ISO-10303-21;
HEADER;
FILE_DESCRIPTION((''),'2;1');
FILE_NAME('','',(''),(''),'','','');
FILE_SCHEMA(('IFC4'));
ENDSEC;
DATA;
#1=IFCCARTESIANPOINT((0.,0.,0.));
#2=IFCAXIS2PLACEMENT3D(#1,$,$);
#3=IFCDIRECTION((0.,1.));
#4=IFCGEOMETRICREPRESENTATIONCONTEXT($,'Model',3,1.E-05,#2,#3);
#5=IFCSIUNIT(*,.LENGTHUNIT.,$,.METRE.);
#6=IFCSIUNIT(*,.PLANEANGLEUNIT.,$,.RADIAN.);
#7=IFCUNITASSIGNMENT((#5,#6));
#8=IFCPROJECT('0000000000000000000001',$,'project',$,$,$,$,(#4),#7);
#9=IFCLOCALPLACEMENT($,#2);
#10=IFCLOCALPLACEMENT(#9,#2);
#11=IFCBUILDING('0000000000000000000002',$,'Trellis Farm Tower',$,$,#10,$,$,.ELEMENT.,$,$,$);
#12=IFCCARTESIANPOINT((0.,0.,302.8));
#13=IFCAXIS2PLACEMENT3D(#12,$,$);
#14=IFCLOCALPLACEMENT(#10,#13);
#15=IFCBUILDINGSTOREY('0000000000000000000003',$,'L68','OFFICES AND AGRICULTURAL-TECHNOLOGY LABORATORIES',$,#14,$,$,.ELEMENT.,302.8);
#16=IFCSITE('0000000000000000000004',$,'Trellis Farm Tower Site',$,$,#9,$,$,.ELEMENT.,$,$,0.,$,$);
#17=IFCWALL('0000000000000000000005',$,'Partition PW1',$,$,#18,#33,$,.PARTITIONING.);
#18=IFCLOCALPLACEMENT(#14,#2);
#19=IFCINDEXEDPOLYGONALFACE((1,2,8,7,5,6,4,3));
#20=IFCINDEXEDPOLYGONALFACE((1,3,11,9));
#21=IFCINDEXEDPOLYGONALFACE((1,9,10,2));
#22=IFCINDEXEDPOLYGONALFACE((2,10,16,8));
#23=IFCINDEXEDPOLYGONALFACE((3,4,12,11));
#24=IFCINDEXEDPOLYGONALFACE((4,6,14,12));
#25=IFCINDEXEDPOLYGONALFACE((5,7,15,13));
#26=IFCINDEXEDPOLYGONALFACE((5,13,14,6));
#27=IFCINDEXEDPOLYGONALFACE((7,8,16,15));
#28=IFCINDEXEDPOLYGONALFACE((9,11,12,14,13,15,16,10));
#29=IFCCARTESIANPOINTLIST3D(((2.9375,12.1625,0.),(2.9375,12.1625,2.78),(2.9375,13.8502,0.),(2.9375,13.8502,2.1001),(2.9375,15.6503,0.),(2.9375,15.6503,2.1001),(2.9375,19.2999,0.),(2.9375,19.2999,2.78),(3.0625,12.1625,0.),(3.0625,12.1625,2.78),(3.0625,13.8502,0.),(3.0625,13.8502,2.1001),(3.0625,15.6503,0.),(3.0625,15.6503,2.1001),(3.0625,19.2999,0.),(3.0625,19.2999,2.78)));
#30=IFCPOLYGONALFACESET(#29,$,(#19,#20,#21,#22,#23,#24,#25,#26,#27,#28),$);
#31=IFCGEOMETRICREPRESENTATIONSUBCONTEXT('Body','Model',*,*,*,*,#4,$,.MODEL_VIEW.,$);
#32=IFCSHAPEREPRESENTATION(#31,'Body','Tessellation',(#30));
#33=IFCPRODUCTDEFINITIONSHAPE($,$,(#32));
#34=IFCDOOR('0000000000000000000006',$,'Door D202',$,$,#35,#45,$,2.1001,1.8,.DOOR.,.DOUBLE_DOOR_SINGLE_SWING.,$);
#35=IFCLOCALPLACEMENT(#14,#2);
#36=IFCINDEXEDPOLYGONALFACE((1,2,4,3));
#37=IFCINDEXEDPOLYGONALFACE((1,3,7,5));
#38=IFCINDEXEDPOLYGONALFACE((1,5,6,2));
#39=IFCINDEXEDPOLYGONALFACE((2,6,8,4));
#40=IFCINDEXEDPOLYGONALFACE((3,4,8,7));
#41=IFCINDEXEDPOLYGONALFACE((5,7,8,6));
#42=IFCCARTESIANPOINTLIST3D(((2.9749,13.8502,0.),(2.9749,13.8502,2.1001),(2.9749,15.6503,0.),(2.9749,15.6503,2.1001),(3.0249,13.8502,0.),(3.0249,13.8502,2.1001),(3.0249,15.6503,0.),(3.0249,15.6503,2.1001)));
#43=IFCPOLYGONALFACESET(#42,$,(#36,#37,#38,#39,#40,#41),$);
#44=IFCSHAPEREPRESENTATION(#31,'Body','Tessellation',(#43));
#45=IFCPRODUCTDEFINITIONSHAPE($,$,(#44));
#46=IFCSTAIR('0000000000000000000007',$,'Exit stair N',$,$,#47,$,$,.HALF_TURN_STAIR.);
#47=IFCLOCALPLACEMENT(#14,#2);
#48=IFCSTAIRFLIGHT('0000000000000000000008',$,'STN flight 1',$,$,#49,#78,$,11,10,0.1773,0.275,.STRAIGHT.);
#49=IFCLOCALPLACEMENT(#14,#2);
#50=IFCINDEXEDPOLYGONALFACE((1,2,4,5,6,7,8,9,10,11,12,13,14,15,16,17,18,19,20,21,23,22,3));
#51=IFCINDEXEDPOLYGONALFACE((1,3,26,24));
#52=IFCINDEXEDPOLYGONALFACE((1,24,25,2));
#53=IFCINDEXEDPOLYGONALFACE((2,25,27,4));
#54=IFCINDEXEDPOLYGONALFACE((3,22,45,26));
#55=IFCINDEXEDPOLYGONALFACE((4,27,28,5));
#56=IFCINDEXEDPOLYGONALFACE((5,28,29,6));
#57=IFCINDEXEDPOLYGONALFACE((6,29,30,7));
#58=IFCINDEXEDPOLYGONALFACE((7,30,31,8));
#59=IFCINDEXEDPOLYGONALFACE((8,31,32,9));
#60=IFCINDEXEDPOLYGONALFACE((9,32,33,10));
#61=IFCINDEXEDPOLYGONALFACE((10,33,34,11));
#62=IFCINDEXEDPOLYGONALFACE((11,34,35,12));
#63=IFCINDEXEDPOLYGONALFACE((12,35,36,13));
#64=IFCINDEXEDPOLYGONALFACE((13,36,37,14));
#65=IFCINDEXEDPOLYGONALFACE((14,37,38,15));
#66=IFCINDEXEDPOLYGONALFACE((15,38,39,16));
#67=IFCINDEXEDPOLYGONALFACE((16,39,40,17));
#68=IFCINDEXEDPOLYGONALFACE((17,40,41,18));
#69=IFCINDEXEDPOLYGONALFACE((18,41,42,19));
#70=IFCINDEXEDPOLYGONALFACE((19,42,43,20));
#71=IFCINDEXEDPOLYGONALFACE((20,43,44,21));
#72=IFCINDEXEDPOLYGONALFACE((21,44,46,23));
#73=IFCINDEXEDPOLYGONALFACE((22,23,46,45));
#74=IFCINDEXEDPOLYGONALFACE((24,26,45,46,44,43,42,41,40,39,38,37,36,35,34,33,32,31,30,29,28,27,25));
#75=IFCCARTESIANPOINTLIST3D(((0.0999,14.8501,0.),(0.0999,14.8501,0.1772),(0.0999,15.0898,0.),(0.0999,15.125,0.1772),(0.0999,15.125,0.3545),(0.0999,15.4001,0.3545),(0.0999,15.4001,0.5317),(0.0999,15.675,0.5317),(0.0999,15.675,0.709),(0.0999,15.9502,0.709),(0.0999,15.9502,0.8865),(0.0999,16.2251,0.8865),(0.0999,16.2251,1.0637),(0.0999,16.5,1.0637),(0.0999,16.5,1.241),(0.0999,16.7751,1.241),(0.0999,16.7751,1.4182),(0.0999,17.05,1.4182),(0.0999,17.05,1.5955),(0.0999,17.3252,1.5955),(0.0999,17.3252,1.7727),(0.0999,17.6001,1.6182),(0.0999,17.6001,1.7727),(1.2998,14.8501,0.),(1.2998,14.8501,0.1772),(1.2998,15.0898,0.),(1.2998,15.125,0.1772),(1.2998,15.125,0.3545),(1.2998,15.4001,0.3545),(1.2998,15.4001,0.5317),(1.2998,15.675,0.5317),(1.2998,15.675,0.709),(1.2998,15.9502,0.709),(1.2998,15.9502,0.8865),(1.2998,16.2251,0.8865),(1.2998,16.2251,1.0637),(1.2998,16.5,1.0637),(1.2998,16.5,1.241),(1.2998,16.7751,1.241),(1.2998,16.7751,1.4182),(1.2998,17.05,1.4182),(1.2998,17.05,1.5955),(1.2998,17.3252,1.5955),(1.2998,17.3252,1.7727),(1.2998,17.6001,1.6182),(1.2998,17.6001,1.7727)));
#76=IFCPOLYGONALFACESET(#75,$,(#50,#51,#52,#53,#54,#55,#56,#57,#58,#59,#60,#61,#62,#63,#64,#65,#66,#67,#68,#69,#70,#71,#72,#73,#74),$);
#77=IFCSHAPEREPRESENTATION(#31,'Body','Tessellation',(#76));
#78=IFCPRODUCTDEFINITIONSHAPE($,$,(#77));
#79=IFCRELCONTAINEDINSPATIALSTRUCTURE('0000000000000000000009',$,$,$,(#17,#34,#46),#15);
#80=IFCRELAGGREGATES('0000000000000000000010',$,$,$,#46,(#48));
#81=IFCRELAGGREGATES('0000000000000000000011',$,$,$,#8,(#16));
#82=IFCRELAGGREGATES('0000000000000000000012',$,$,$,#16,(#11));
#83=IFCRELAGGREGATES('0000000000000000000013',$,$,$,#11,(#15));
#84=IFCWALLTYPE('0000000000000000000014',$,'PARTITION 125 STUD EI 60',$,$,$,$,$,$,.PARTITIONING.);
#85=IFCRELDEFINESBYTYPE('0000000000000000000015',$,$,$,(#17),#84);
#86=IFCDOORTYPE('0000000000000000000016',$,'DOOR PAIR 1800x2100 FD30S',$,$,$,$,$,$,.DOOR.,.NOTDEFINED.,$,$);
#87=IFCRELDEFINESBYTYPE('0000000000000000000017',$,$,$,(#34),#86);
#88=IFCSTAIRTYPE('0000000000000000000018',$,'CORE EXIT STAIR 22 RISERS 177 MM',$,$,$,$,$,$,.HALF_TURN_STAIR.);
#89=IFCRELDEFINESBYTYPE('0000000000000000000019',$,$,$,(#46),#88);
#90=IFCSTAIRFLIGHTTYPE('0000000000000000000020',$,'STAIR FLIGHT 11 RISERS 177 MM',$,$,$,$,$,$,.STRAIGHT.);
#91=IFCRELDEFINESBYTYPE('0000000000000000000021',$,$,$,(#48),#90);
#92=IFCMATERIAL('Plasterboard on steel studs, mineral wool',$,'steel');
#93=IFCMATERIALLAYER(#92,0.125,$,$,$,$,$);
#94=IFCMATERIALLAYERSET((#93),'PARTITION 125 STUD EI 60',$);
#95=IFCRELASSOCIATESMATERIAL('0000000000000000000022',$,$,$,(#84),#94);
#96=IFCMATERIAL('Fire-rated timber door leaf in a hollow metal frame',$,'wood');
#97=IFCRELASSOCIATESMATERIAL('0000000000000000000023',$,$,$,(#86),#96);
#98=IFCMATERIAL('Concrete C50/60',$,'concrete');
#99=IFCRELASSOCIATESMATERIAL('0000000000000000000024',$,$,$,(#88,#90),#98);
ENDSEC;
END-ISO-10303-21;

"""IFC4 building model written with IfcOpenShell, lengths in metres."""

from ifc_helpers import new_model, si_unit, direction, frame, frame_2d, origin, place, context, subcontext, project, spatial, polyline, rectangle, outline, extrude, source, transform, mapped, material, layer, layer_set, type_object, element, fill, aggregate, save


model = new_model("IFC4")

# Units and contexts
model_context = context("Model", 3, precision=1e-05, world=origin(), true_north=direction((0.0, 1.0)))
body_context = subcontext(model_context, "Body", "Model", "MODEL_VIEW")
ifc_project = project(units=[si_unit("LENGTHUNIT", "METRE"), si_unit("PLANEANGLEUNIT", "RADIAN")], contexts=[model_context])

# Site, building, storey
site_placement = place(None, origin())
site = spatial("IfcSite", under=ifc_project, at=site_placement, Name="Trellis Farm Tower Site", CompositionType="ELEMENT", RefElevation=0.0)
building_placement = place(site_placement, origin())
building = spatial("IfcBuilding", under=site, at=building_placement, Name="Trellis Farm Tower", CompositionType="ELEMENT")
storey_placement = place(building_placement, frame((0.0, 0.0, 302.8)))
storey = spatial("IfcBuildingStorey", under=building, at=storey_placement, Name="L68", Description="OFFICES AND AGRICULTURAL-TECHNOLOGY LABORATORIES", CompositionType="ELEMENT", Elevation=302.8)

# Shared definitions
placement_1 = place(storey_placement, origin())

# Shared definitions
ifc_material_1 = material(Name="Concrete C50/60", Category="concrete")
ifc_material_2 = material(Name="Plasterboard on steel studs, mineral wool", Category="steel")
ifc_layer_1 = layer(ifc_material_2, 0.125)
ifc_layer_set_1 = layer_set([ifc_layer_1], Name="PARTITION 125 STUD EI 60")
wall_type_1 = type_object("IfcWallType", Name="PARTITION 125 STUD EI 60", PredefinedType="PARTITIONING", material=ifc_layer_set_1)

# Shared definitions
ifc_material_3 = material(Name="Fire-rated timber door leaf in a hollow metal frame", Category="wood")

# Wall, opening, door
shared_shape_1 = source(origin(), body_context, "Body", "SweptSolid", [
    extrude(rectangle(XDim=7.1375, YDim=0.125, at=frame_2d((3.5688, 0.0))), origin(), (0.0, 0.0, 1.0), 2.78),
])
wall_1_placement = place(storey_placement, frame((3.0, 19.3, 0.0), z_axis=(0.0, 0.0, 1.0), x_axis=(0.0, -1.0, 0.0)))
wall_1 = element("IfcWall", 1, at=wall_1_placement, inside=storey, type_object=wall_type_1, Name="Partition PW1", PredefinedType="PARTITIONING", context=body_context, shape_type="MappedRepresentation", body=[
    mapped(shared_shape_1, transform((0.0, 0.0, 0.0))),
])
shared_shape_2 = source(origin(), body_context, "Body", "SweptSolid", [
    extrude(rectangle(XDim=1.8, YDim=2.1001, at=frame_2d((0.8999, 1.05))), frame((0.0, 0.0725, 0.0), z_axis=(0.0, -1.0, 0.0), x_axis=(1.0, 0.0, 0.0)), (0.0, 0.0, 1.0), 0.145),
])
opening_1_placement = place(wall_1_placement, frame((3.6499, 0.0, 0.0)))
opening_1 = element("IfcOpeningElement", 2, at=opening_1_placement, cuts=wall_1, PredefinedType="OPENING", context=body_context, shape_type="MappedRepresentation", body=[
    mapped(shared_shape_2, transform((0.0, 0.0, 0.0))),
])
door_type_1 = type_object("IfcDoorType", Name="DOOR PAIR 1800x2100 FD30S", OperationType="NOTDEFINED", PredefinedType="DOOR", material=ifc_material_3)
shared_shape_3 = source(origin(), body_context, "Body", "SweptSolid", [
    extrude(rectangle(XDim=1.8, YDim=2.1001, at=frame_2d((0.8999, 1.05))), frame((0.0, 0.0249, 0.0), z_axis=(0.0, -1.0, 0.0), x_axis=(1.0, 0.0, 0.0)), (0.0, 0.0, 1.0), 0.05),
])
door_1_placement = place(opening_1_placement, origin())
door_1 = element("IfcDoor", 3, at=door_1_placement, inside=storey, type_object=door_type_1, Name="Door D202", OperationType="DOUBLE_DOOR_SINGLE_SWING", OverallHeight=2.1001, OverallWidth=1.8, PredefinedType="DOOR", context=body_context, shape_type="MappedRepresentation", body=[
    mapped(shared_shape_3, transform((0.0, 0.0, 0.0))),
])
fill(opening_1, door_1)

# Stair, stair flight
stair_type = type_object("IfcStairType", Name="CORE EXIT STAIR 22 RISERS 177 MM", PredefinedType="HALF_TURN_STAIR", material=ifc_material_1)
stair = element("IfcStair", 4, at=placement_1, inside=storey, type_object=stair_type, Name="Exit stair N", PredefinedType="HALF_TURN_STAIR")
stair_flight_type = type_object("IfcStairFlightType", Name="STAIR FLIGHT 11 RISERS 177 MM", PredefinedType="STRAIGHT", material=ifc_material_1)
shared_shape_4 = source(origin(), body_context, "Body", "SweptSolid", [
    extrude(outline(polyline([(0.0, 0.0), (0.0, 0.1772), (0.2749, 0.1772), (0.2749, 0.3545), (0.55, 0.3545), (0.55, 0.5317), (0.825, 0.5317), (0.825, 0.709), (1.1001, 0.709), (1.1001, 0.8865), (1.375, 0.8865), (1.375, 1.0637), (1.6499, 1.0637), (1.6499, 1.241), (1.925, 1.241), (1.925, 1.4182), (2.2, 1.4182), (2.2, 1.5955), (2.4751, 1.5955), (2.4751, 1.7727), (2.75, 1.7727), (2.75, 1.95), (2.75, 1.6182), (0.2397, 0.0), (0.0, 0.0)])), frame((0.0, 0.6001, 0.0), z_axis=(0.0, -1.0, 0.0), x_axis=(1.0, 0.0, 0.0)), (0.0, 0.0, 1.0), 1.2),
])
stair_flight_placement = place(storey_placement, frame((0.7, 14.8501, 0.0), z_axis=(0.0, 0.0, 1.0), x_axis=(0.0, 1.0, 0.0)))
stair_flight = element("IfcStairFlight", 5, at=stair_flight_placement, type_object=stair_flight_type, Name="STN flight 1", NumberOfRisers=11, NumberOfTreads=10, PredefinedType="STRAIGHT", RiserHeight=0.1773, TreadLength=0.275, context=body_context, shape_type="MappedRepresentation", body=[
    mapped(shared_shape_4, transform((0.0, 0.0, 0.0))),
])
aggregate(stair, [stair_flight])

save(model, "model.ifc")
